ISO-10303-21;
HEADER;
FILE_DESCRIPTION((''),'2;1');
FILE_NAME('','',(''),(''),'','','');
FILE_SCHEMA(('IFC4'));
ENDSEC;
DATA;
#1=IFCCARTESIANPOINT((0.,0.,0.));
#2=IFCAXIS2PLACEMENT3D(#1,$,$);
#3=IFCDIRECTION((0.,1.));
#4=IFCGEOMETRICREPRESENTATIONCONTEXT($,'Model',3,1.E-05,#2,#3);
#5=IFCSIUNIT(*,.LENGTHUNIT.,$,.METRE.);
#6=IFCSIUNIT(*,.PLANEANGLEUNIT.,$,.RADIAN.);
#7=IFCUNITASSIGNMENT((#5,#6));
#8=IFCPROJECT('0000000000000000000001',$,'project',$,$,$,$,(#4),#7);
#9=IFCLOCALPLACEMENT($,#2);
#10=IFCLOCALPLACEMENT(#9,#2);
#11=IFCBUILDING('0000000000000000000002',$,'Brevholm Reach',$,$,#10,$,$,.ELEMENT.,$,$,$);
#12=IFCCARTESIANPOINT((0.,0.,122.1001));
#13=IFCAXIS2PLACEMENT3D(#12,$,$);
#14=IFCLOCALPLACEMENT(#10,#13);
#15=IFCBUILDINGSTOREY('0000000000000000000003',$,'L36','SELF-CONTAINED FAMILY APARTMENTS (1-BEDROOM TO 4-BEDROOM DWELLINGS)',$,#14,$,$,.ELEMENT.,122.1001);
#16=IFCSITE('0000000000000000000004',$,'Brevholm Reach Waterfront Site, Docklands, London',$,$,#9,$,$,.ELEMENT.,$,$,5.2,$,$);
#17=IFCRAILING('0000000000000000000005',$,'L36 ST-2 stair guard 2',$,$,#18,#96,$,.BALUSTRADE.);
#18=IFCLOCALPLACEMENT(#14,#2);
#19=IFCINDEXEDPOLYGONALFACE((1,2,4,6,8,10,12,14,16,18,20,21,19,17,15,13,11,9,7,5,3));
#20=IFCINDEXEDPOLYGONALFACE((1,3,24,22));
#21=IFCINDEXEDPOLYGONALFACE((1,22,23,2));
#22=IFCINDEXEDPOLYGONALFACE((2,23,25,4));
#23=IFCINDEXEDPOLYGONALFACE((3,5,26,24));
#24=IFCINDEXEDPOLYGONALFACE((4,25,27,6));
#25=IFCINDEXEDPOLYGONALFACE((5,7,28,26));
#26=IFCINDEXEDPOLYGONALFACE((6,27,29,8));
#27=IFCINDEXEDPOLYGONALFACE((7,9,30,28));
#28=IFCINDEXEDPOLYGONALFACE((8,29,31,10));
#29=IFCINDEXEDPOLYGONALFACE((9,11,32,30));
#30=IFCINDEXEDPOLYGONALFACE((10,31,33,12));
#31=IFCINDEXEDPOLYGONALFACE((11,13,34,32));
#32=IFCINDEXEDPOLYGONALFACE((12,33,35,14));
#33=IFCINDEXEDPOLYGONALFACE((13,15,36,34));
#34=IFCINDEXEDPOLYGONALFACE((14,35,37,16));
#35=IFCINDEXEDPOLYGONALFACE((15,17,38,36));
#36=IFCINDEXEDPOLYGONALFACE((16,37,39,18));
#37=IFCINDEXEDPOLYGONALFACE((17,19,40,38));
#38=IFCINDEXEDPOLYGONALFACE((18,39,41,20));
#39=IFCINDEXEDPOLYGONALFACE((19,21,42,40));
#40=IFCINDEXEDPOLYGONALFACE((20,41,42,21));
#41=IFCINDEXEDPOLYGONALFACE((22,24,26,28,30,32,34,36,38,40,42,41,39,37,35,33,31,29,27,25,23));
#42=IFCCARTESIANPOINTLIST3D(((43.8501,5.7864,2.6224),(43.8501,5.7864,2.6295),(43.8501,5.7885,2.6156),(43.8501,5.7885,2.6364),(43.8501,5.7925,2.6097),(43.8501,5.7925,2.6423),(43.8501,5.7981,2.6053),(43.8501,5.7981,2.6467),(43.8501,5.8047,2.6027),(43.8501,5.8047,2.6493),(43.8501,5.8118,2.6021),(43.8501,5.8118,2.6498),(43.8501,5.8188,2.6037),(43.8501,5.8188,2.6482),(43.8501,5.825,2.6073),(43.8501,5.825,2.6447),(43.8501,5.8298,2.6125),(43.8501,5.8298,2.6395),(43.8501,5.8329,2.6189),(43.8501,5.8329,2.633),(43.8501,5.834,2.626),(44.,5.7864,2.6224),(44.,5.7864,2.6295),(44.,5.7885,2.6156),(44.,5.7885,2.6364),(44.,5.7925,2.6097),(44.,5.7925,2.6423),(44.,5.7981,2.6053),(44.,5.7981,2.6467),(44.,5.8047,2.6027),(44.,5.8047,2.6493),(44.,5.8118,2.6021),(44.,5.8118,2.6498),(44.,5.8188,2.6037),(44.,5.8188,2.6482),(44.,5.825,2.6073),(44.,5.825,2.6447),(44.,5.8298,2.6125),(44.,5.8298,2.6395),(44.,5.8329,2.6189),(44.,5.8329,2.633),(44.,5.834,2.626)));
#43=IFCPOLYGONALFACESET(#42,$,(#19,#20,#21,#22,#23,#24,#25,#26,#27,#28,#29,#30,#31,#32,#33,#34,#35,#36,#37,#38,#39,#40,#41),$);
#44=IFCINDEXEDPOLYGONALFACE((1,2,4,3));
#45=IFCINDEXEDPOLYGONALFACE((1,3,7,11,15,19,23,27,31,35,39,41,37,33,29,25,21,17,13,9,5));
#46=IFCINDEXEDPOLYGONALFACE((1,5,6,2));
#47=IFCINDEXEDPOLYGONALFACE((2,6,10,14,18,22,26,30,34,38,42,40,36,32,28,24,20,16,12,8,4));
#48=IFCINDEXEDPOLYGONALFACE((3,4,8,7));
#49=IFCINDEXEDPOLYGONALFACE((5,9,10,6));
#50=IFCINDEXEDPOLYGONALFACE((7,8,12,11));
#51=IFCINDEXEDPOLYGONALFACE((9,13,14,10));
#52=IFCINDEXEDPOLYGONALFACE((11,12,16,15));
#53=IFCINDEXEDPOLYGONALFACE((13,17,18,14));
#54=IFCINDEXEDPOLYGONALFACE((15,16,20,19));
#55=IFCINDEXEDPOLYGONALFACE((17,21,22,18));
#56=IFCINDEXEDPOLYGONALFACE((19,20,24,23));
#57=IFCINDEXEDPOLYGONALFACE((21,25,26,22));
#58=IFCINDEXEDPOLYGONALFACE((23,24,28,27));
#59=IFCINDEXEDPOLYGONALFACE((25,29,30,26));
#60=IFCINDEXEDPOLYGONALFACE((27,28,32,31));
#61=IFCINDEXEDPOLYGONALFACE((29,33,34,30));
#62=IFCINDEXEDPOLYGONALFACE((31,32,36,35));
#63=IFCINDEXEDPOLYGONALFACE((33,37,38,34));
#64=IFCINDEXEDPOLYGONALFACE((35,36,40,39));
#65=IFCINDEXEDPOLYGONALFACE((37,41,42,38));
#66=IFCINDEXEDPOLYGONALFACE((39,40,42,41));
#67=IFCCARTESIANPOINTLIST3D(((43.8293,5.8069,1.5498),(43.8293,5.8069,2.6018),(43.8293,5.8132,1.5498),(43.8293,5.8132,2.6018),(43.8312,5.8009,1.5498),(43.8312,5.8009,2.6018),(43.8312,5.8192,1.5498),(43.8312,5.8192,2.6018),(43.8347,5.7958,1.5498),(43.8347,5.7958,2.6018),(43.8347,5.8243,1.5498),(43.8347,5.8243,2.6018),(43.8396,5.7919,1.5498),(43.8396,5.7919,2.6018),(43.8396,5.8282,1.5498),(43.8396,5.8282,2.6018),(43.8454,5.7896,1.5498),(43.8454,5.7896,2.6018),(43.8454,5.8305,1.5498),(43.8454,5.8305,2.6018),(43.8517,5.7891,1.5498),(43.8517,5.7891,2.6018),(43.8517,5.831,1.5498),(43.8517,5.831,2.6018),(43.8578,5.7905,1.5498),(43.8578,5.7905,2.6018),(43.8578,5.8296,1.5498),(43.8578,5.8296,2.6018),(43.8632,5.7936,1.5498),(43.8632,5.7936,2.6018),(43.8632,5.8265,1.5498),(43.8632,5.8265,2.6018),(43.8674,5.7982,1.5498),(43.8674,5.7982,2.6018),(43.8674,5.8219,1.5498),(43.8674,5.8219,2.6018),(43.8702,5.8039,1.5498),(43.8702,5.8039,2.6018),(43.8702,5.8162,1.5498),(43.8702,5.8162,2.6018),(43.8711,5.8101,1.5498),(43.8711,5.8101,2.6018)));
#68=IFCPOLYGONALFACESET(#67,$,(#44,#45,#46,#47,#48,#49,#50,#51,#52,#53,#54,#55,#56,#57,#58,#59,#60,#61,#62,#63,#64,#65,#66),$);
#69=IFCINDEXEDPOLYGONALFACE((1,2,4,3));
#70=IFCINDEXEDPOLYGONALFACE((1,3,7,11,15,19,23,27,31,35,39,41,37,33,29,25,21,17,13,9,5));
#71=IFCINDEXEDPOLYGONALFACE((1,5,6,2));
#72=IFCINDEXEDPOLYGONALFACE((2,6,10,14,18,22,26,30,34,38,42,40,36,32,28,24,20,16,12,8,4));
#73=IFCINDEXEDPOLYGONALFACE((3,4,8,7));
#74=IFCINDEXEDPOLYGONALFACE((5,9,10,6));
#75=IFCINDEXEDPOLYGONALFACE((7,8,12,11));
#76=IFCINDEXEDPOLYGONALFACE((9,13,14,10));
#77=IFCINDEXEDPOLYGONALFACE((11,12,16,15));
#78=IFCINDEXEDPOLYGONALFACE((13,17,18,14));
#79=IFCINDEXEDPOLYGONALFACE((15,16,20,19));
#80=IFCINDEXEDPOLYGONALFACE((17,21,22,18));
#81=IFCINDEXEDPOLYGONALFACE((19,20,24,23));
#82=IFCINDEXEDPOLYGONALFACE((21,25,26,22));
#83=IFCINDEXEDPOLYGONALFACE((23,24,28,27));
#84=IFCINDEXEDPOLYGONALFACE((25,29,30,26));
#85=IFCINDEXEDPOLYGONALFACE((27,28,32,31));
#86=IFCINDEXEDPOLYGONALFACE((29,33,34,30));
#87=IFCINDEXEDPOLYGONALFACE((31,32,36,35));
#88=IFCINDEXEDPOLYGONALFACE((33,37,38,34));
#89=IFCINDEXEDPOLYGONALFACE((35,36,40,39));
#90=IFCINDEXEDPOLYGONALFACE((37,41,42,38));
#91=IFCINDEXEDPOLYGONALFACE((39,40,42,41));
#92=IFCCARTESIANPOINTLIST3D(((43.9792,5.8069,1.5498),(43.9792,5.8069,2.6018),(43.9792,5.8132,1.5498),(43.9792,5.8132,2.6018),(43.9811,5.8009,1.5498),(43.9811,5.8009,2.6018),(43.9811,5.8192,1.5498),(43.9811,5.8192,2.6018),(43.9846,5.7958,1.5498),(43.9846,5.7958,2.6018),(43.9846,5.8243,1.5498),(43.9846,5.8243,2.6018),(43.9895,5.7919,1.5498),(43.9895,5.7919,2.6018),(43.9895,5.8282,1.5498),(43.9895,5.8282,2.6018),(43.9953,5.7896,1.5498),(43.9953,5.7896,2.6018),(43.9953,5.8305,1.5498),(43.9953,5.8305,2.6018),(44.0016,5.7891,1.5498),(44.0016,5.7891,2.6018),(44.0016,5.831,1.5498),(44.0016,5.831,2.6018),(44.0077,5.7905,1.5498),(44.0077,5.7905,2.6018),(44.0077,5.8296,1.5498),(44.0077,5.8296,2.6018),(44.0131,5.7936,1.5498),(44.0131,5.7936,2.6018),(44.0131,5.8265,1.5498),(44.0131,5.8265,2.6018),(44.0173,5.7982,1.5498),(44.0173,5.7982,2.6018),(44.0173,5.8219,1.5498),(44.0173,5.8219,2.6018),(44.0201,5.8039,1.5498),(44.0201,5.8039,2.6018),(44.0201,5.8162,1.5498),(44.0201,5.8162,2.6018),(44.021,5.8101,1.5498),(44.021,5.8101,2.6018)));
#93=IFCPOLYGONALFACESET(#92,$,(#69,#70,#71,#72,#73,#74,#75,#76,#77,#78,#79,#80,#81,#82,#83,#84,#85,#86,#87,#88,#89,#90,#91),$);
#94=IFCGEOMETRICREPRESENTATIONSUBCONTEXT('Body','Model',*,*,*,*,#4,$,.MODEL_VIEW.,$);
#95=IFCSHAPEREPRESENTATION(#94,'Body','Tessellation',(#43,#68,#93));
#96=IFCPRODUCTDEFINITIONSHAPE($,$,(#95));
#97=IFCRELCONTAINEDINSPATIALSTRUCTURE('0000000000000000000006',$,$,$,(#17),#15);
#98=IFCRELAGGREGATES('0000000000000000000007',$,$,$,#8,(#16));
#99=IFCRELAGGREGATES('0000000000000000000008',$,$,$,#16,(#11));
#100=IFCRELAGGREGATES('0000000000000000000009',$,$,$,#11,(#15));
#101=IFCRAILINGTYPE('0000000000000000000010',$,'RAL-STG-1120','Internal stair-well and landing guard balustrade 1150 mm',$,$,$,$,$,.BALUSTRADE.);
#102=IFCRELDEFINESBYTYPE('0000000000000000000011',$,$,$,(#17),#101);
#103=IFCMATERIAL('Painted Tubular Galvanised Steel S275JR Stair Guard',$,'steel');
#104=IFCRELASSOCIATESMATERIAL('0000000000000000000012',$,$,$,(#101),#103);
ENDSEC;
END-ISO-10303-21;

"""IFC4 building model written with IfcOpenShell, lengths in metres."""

from ifc_helpers import new_model, si_unit, direction, frame, origin, origin_2d, place, context, subcontext, project, spatial, circle, extrude, material, type_object, element, save


model = new_model("IFC4")

# Units and contexts
model_context = context("Model", 3, precision=1e-05, world=origin(), true_north=direction((0.0, 1.0)))
body_context = subcontext(model_context, "Body", "Model", "MODEL_VIEW")
ifc_project = project(units=[si_unit("LENGTHUNIT", "METRE"), si_unit("PLANEANGLEUNIT", "RADIAN")], contexts=[model_context])

# Site, building, storey
site_placement = place(None, origin())
site = spatial("IfcSite", under=ifc_project, at=site_placement, Name="Brevholm Reach Waterfront Site, Docklands, London", CompositionType="ELEMENT", RefElevation=5.2)
building_placement = place(site_placement, origin())
building = spatial("IfcBuilding", under=site, at=building_placement, Name="Brevholm Reach", CompositionType="ELEMENT")
storey_placement = place(building_placement, frame((0.0, 0.0, 122.1001)))
storey = spatial("IfcBuildingStorey", under=building, at=storey_placement, Name="L36", Description="SELF-CONTAINED FAMILY APARTMENTS (1-BEDROOM TO 4-BEDROOM DWELLINGS)", CompositionType="ELEMENT", Elevation=122.1001)

# Railing
ifc_material_1 = material(Name="Painted Tubular Galvanised Steel S275JR Stair Guard", Category="steel")
railing_type_1 = type_object("IfcRailingType", Name="RAL-STG-1120", Description="Internal stair-well and landing guard balustrade 1150 mm", PredefinedType="BALUSTRADE", material=ifc_material_1)
railing_1_placement = place(storey_placement, frame((43.8501, 5.8101, 1.5498)))
element("IfcRailing", 1, at=railing_1_placement, inside=storey, type_object=railing_type_1, Name="L36 ST-2 stair guard 2", PredefinedType="BALUSTRADE", context=body_context, shape_type="SweptSolid", body=[
    extrude(circle(Radius=0.0239, at=origin_2d()), frame((0.0, 0.0, 1.0762), z_axis=(1.0, 0.0, 0.0), x_axis=(0.0, 1.0, 0.0)), (0.0, 0.0, 1.0), 0.1499),
    extrude(circle(Radius=0.021, at=origin_2d()), origin(), (0.0, 0.0, 1.0), 1.052),
    extrude(circle(Radius=0.021, at=origin_2d()), frame((0.1499, 0.0, 0.0)), (0.0, 0.0, 1.0), 1.052),
])

save(model, "model.ifc")
